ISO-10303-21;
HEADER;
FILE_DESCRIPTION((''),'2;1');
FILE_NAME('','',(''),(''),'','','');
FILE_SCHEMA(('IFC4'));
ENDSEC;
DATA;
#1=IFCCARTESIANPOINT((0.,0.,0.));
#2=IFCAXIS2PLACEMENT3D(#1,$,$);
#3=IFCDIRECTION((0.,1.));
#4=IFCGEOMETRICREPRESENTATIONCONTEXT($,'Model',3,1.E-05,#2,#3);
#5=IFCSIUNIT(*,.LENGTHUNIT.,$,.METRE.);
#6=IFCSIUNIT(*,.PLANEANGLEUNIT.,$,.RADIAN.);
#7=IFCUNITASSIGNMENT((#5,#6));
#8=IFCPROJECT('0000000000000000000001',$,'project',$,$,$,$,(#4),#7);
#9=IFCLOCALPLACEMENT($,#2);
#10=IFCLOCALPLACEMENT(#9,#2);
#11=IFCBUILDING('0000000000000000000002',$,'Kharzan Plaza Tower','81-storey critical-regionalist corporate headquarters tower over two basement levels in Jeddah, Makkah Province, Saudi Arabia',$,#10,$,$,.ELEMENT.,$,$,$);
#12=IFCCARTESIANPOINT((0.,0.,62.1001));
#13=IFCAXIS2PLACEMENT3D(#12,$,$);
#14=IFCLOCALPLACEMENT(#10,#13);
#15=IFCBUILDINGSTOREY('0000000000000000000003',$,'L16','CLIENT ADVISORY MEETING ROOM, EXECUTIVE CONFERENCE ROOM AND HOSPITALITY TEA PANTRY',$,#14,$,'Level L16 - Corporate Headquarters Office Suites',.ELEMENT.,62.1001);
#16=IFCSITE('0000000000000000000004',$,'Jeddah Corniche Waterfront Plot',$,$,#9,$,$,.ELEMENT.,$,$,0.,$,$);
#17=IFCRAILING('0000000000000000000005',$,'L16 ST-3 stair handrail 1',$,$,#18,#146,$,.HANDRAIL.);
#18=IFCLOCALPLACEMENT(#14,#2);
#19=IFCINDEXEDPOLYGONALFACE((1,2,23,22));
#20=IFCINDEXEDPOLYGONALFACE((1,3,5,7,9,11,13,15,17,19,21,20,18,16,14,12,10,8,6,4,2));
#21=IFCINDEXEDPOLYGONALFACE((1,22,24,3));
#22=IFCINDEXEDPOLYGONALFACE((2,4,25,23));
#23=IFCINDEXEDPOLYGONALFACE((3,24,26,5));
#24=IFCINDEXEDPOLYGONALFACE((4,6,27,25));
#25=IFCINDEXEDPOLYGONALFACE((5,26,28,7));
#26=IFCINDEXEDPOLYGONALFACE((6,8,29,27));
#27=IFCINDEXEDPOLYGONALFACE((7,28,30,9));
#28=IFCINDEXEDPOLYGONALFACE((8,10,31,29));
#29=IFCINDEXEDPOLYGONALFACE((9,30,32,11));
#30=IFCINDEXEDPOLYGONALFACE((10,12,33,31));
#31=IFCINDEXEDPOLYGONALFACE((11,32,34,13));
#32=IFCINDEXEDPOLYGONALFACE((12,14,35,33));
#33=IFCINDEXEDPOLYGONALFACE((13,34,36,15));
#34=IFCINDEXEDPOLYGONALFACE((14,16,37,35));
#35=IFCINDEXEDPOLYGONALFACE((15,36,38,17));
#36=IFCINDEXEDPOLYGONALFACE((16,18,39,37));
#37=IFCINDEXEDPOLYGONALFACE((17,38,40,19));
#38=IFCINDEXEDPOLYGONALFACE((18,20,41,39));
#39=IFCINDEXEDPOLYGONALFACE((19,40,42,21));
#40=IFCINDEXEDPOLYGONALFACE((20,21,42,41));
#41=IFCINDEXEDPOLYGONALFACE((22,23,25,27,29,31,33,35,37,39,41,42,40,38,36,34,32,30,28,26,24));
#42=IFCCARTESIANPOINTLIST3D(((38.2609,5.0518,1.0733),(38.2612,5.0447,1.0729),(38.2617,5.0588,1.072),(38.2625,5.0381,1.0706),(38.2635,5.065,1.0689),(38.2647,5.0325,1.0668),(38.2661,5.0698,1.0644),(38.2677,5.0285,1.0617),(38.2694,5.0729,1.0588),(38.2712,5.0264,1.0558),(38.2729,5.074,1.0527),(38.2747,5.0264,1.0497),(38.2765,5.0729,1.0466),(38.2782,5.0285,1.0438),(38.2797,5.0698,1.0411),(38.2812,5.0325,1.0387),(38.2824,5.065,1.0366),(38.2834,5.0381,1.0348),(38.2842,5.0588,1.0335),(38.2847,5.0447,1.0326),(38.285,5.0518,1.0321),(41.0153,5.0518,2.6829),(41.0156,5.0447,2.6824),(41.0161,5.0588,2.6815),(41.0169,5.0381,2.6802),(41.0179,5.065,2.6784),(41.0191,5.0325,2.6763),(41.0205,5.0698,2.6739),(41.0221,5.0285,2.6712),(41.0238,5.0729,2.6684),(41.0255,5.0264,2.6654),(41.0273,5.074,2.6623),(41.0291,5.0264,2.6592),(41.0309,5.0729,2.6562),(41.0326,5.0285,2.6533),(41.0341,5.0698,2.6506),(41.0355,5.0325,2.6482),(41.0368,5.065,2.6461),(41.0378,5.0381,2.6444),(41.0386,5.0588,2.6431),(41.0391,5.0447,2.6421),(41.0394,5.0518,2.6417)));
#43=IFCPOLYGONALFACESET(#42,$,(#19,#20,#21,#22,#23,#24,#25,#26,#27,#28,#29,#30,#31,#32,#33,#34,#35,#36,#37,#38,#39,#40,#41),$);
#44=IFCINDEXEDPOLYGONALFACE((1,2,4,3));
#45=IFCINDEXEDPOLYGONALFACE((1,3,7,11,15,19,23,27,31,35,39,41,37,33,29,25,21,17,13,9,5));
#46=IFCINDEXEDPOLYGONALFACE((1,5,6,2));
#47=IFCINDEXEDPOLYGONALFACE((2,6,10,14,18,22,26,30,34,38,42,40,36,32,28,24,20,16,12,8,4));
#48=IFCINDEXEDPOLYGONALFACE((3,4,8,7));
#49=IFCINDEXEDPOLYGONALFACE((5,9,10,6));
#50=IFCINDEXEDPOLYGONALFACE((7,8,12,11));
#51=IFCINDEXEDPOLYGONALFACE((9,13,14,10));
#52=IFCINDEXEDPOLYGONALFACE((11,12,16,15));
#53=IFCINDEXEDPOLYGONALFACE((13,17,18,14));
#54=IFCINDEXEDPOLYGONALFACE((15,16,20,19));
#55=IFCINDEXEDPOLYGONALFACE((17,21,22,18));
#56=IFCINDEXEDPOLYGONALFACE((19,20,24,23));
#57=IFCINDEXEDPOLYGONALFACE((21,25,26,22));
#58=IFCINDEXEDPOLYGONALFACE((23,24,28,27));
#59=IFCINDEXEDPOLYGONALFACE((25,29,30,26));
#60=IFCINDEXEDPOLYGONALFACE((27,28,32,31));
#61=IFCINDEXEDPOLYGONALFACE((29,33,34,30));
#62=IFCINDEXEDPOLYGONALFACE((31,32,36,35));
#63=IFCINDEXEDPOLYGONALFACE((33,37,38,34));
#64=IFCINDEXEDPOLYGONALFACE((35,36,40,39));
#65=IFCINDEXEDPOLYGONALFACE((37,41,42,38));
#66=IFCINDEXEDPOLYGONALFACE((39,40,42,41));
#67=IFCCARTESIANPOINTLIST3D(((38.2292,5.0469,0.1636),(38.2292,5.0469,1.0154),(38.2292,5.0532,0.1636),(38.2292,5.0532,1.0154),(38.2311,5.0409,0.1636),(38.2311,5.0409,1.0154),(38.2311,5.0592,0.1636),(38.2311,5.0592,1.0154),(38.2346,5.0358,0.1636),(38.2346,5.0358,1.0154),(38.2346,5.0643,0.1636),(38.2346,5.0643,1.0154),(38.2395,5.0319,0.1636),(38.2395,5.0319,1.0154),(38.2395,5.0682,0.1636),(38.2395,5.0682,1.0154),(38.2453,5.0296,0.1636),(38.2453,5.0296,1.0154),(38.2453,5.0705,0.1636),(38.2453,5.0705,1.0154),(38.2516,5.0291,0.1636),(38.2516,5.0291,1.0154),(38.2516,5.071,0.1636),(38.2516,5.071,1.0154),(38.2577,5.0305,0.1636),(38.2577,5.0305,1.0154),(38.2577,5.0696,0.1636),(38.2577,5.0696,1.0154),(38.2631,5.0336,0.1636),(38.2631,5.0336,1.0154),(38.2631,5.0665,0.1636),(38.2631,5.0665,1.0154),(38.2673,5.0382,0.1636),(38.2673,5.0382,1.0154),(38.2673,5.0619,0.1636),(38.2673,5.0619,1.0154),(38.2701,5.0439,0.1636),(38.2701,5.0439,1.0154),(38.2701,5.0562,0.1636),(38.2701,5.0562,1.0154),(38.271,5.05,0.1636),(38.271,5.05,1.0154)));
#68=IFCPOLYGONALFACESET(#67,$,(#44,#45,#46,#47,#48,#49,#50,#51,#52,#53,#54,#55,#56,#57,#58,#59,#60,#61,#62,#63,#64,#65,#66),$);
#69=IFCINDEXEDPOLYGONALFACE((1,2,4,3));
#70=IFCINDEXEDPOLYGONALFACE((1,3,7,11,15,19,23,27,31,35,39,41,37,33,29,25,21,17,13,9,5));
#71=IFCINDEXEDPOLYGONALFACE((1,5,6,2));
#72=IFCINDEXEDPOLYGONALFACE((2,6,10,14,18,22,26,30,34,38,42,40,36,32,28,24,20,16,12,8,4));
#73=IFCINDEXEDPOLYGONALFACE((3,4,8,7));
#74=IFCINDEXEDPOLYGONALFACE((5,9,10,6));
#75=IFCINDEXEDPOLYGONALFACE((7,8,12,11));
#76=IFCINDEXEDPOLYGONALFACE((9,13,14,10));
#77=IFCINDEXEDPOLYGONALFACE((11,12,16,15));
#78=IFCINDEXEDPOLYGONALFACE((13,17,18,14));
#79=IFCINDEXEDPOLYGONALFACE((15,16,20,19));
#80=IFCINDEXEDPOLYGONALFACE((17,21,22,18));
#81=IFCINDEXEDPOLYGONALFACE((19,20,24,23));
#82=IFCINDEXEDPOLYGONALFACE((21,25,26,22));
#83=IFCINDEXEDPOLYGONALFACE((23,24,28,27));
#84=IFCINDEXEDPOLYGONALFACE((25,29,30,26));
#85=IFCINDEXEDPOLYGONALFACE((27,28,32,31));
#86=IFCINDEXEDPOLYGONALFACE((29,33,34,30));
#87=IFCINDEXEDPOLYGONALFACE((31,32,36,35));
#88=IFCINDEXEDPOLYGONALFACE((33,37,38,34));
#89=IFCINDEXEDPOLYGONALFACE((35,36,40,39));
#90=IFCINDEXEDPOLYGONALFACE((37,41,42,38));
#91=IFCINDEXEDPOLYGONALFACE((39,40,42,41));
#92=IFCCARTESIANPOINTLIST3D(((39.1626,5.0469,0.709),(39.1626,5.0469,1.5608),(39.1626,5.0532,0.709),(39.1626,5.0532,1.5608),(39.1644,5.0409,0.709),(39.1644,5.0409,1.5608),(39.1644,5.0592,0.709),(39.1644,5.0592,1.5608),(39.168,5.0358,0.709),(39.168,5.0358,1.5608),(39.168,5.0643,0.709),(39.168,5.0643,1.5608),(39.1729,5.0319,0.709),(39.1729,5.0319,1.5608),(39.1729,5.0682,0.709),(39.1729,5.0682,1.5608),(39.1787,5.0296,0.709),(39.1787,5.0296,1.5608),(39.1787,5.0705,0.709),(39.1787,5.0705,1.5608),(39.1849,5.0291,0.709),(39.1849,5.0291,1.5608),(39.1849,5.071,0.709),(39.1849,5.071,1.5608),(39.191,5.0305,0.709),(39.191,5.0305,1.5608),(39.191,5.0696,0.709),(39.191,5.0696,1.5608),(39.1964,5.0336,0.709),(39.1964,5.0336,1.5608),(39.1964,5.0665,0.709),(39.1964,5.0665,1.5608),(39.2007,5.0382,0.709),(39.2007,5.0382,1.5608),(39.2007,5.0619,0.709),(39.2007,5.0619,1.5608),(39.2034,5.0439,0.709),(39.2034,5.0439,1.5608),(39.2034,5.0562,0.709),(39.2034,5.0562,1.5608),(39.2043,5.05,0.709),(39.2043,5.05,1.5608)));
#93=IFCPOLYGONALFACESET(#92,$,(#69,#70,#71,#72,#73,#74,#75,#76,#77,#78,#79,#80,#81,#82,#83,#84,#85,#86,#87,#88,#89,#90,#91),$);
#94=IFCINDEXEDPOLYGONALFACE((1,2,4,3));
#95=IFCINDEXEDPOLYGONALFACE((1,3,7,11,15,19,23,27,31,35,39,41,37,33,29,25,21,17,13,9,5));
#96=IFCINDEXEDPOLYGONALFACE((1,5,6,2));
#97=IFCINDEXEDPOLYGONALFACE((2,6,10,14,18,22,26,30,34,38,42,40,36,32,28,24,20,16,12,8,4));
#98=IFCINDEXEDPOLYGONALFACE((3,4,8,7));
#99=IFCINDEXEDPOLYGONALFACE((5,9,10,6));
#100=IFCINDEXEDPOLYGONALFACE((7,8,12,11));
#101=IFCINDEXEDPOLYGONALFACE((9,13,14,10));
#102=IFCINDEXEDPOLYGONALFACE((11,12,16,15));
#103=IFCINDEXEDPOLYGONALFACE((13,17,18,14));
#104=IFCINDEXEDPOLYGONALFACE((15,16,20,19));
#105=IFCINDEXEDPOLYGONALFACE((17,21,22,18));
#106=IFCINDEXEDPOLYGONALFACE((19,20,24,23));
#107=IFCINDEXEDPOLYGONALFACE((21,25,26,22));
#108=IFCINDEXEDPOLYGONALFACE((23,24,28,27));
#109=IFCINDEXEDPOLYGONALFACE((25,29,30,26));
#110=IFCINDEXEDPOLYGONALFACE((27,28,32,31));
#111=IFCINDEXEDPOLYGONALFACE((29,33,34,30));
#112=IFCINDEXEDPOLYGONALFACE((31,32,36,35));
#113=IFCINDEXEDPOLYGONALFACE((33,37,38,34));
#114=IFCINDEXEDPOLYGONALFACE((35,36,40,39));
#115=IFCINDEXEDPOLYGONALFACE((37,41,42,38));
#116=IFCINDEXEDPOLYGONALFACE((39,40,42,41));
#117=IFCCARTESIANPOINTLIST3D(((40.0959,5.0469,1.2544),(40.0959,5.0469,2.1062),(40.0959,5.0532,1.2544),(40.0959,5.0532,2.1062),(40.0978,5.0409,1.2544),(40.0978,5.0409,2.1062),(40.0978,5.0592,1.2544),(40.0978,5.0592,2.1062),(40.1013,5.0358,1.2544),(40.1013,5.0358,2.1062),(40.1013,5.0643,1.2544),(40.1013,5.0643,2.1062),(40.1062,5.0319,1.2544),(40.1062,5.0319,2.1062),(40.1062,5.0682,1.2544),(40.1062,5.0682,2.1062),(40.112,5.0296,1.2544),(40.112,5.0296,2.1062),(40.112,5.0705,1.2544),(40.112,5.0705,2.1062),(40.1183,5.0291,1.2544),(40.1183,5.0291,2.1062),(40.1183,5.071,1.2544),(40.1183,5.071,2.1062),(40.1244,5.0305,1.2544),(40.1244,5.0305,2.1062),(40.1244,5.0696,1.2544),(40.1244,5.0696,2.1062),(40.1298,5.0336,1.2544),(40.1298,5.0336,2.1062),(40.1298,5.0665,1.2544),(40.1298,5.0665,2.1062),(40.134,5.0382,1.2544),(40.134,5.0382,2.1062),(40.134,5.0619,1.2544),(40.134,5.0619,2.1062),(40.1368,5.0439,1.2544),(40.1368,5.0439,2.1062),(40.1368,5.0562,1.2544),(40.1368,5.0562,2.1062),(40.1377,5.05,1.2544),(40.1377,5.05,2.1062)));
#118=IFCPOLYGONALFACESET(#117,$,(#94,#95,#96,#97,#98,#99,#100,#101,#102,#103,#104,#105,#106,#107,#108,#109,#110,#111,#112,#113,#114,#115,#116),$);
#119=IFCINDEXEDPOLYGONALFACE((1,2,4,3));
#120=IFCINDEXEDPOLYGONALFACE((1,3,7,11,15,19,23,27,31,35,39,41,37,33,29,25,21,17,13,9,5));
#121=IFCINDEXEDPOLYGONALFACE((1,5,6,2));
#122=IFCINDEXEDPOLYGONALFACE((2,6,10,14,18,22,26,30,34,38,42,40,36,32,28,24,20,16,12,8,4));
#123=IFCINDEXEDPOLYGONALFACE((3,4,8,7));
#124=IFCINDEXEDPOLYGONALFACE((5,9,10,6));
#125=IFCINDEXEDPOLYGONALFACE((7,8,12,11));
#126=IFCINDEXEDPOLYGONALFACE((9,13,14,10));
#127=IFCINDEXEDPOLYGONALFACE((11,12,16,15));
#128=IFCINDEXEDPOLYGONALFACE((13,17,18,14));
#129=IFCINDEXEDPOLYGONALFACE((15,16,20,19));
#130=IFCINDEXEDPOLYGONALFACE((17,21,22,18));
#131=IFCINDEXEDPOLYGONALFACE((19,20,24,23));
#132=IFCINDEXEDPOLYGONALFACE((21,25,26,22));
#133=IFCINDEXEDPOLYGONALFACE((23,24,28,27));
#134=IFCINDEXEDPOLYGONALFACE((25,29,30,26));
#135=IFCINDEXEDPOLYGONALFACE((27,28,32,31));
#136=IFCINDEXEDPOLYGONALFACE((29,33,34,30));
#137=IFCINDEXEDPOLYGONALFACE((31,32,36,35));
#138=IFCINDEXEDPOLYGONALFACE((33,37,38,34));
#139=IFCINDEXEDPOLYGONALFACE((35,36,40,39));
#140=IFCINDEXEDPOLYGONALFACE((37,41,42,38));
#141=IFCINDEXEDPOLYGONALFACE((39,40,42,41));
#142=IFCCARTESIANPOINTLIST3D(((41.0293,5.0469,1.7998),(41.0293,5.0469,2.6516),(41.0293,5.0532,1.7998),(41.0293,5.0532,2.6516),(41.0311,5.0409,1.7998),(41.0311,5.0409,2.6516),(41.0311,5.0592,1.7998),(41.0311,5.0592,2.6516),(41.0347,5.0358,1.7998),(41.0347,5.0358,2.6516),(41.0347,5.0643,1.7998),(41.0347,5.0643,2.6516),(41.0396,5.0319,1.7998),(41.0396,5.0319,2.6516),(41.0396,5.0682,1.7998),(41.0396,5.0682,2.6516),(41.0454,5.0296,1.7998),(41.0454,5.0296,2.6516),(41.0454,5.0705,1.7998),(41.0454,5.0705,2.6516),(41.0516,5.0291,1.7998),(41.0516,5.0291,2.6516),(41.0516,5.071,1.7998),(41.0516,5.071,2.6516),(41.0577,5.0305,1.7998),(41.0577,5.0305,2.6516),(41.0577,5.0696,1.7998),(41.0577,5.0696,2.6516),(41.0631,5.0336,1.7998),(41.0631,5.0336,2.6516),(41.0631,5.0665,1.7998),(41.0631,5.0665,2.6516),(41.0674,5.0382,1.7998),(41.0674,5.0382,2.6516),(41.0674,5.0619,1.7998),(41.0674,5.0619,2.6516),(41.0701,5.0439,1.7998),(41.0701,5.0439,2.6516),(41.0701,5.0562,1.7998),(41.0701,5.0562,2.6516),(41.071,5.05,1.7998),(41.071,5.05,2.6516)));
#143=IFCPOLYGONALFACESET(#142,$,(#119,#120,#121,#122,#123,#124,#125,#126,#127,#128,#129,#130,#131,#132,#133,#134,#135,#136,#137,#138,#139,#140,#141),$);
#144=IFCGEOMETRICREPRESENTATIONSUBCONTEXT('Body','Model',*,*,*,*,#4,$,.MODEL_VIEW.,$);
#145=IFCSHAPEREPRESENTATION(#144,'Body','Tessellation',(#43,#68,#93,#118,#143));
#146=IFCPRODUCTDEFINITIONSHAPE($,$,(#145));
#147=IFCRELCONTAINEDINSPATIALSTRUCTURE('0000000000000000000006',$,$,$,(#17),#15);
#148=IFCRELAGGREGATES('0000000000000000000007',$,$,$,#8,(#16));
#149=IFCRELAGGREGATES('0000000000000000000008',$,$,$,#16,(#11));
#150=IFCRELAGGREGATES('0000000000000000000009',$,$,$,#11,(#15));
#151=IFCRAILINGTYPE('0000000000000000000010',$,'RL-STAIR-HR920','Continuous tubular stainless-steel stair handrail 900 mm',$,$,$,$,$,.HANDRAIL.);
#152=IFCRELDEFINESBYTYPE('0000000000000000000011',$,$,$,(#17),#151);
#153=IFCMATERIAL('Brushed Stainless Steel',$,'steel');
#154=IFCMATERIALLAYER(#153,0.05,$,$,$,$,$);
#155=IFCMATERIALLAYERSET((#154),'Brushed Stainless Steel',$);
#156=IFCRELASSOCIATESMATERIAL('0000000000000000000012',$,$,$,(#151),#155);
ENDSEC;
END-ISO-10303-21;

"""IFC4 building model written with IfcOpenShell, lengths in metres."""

from ifc_helpers import new_model, si_unit, direction, frame, origin, origin_2d, place, context, subcontext, project, spatial, circle, extrude, source, transform, mapped, material, layer, layer_set, type_object, element, save


model = new_model("IFC4")

# Units and contexts
model_context = context("Model", 3, precision=1e-05, world=origin(), true_north=direction((0.0, 1.0)))
body_context = subcontext(model_context, "Body", "Model", "MODEL_VIEW")
ifc_project = project(units=[si_unit("LENGTHUNIT", "METRE"), si_unit("PLANEANGLEUNIT", "RADIAN")], contexts=[model_context])

# Site, building, storey
site_placement = place(None, origin())
site = spatial("IfcSite", under=ifc_project, at=site_placement, Name="Jeddah Corniche Waterfront Plot", CompositionType="ELEMENT", RefElevation=0.0)
building_placement = place(site_placement, origin())
building = spatial("IfcBuilding", under=site, at=building_placement, Name="Kharzan Plaza Tower", Description="81-storey critical-regionalist corporate headquarters tower over two basement levels in Jeddah, Makkah Province, Saudi Arabia", CompositionType="ELEMENT")
storey_placement = place(building_placement, frame((0.0, 0.0, 62.1001)))
storey = spatial("IfcBuildingStorey", under=building, at=storey_placement, Name="L16", Description="CLIENT ADVISORY MEETING ROOM, EXECUTIVE CONFERENCE ROOM AND HOSPITALITY TEA PANTRY", LongName="Level L16 - Corporate Headquarters Office Suites", CompositionType="ELEMENT", Elevation=62.1001)

# Shared definitions
ifc_material_1 = material(Name="Brushed Stainless Steel", Category="steel")

# Railing
ifc_layer_1 = layer(ifc_material_1, 0.05)
ifc_layer_set_1 = layer_set([ifc_layer_1], Name="Brushed Stainless Steel")
railing_type_1 = type_object("IfcRailingType", Name="RL-STAIR-HR920", Description="Continuous tubular stainless-steel stair handrail 900 mm", PredefinedType="HANDRAIL", material=ifc_layer_set_1)
shared_shape_1 = source(origin(), body_context, "Body", "SweptSolid", [
    extrude(circle(Radius=0.0239, at=origin_2d()), frame((0.0229, 0.0, 0.8892), z_axis=(0.863394, 0.0, 0.504531), x_axis=(0.0, 1.0, 0.0)), (0.0, 0.0, 1.0), 3.1902),
    extrude(circle(Radius=0.021, at=origin_2d()), origin(), (0.0, 0.0, 1.0), 0.8518),
    extrude(circle(Radius=0.021, at=origin_2d()), frame((0.9333, 0.0, 0.5454)), (0.0, 0.0, 1.0), 0.8518),
    extrude(circle(Radius=0.021, at=origin_2d()), frame((1.8667, 0.0, 1.0908)), (0.0, 0.0, 1.0), 0.8518),
    extrude(circle(Radius=0.021, at=origin_2d()), frame((2.8, 0.0, 1.6362)), (0.0, 0.0, 1.0), 0.8518),
])
railing_1_placement = place(storey_placement, frame((38.25, 5.05, 0.1636)))
element("IfcRailing", 1, at=railing_1_placement, inside=storey, type_object=railing_type_1, Name="L16 ST-3 stair handrail 1", PredefinedType="HANDRAIL", context=body_context, shape_type="MappedRepresentation", body=[
    mapped(shared_shape_1, transform((0.0, 0.0, 0.0), x_axis=(1.0, 0.0, 0.0), y_axis=(0.0, 1.0, 0.0), z_axis=(0.0, 0.0, 1.0))),
])

save(model, "model.ifc")
